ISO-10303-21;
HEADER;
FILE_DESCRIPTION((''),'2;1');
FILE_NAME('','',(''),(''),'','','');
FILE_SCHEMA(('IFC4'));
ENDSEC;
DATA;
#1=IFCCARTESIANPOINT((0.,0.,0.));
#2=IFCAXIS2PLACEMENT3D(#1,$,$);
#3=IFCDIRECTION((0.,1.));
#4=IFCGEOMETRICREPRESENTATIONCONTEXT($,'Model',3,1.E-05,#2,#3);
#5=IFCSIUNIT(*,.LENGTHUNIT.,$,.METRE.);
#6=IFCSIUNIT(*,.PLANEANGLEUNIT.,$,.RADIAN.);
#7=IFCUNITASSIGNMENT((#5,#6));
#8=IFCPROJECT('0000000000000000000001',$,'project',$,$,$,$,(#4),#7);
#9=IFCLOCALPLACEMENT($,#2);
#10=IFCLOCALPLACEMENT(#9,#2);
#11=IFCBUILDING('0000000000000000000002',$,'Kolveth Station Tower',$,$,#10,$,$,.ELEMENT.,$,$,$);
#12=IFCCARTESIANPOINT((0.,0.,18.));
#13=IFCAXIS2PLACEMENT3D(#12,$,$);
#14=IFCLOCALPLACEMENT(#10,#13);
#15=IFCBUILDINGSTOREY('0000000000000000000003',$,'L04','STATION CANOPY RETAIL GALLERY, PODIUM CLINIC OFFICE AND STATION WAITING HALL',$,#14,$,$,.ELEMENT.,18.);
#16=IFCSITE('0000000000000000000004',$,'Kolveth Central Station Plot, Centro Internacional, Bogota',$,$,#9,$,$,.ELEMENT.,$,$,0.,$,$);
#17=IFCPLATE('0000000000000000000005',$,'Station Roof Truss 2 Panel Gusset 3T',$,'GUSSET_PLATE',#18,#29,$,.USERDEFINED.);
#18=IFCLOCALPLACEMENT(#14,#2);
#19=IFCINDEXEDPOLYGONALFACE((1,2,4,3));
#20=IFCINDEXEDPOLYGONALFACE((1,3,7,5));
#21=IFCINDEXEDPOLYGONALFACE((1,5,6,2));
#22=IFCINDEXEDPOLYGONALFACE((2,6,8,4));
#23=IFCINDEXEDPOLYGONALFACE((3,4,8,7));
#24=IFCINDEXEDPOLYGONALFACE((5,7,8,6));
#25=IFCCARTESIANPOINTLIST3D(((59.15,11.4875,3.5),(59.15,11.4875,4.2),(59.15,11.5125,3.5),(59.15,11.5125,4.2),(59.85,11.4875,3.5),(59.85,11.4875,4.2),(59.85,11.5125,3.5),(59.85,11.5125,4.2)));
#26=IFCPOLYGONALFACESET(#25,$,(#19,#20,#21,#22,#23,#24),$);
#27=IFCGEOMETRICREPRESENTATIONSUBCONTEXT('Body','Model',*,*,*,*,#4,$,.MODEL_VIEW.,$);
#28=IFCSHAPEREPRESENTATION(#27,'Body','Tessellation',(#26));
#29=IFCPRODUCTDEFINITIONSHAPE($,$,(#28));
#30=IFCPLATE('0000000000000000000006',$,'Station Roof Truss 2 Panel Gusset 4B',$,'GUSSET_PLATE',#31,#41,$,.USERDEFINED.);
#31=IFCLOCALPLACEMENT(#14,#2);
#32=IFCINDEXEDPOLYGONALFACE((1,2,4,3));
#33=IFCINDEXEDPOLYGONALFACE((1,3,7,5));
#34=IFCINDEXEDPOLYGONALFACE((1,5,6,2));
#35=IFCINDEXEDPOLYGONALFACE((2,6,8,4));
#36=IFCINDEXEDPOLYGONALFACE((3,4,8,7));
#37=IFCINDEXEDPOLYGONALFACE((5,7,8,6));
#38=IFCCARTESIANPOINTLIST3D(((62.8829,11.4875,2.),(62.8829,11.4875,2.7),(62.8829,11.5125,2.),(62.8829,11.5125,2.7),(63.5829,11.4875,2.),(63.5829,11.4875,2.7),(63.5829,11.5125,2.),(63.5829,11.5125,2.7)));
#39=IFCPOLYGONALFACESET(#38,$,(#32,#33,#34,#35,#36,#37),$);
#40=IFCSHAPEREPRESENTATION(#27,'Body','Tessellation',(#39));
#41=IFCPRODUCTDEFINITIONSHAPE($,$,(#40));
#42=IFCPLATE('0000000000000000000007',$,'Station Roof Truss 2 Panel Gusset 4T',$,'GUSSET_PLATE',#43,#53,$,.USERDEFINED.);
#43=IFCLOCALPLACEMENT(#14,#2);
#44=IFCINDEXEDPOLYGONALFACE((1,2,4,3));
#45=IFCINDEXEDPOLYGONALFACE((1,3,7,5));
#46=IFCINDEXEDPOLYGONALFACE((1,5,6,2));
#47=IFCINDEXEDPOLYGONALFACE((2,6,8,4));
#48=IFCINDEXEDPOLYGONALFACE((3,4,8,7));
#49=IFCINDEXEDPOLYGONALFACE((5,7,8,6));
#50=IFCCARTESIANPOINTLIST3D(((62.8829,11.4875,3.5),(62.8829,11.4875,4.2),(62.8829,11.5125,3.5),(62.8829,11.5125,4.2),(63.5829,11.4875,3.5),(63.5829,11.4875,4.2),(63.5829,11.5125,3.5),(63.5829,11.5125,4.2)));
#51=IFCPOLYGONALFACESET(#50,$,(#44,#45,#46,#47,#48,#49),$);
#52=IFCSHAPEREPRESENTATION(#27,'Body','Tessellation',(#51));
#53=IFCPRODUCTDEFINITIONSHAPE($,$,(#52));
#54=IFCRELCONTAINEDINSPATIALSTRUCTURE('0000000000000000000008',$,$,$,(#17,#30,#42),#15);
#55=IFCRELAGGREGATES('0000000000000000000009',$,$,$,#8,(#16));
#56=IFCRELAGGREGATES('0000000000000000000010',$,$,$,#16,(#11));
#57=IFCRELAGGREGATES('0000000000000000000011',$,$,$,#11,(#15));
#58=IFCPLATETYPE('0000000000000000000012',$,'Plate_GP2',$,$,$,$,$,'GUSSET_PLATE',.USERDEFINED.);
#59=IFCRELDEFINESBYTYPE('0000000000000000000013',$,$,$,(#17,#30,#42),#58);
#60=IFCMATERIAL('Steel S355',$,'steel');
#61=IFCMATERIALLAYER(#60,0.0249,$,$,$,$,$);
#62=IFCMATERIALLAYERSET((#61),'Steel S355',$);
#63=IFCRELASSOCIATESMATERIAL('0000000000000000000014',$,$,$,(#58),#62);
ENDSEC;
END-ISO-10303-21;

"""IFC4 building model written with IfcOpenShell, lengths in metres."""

from ifc_helpers import new_model, si_unit, direction, frame, origin, origin_2d, place, context, subcontext, project, spatial, rectangle, extrude, source, transform, mapped, material, layer, layer_set, type_object, element, save


model = new_model("IFC4")

# Units and contexts
model_context = context("Model", 3, precision=1e-05, world=origin(), true_north=direction((0.0, 1.0)))
body_context = subcontext(model_context, "Body", "Model", "MODEL_VIEW")
ifc_project = project(units=[si_unit("LENGTHUNIT", "METRE"), si_unit("PLANEANGLEUNIT", "RADIAN")], contexts=[model_context])

# Site, building, storey
site_placement = place(None, origin())
site = spatial("IfcSite", under=ifc_project, at=site_placement, Name="Kolveth Central Station Plot, Centro Internacional, Bogota", CompositionType="ELEMENT", RefElevation=0.0)
building_placement = place(site_placement, origin())
building = spatial("IfcBuilding", under=site, at=building_placement, Name="Kolveth Station Tower", CompositionType="ELEMENT")
storey_placement = place(building_placement, frame((0.0, 0.0, 18.0)))
storey = spatial("IfcBuildingStorey", under=building, at=storey_placement, Name="L04", Description="STATION CANOPY RETAIL GALLERY, PODIUM CLINIC OFFICE AND STATION WAITING HALL", CompositionType="ELEMENT", Elevation=18.0)

# Shared definitions
ifc_material_1 = material(Name="Steel S355", Category="steel")

# Plates
ifc_layer_1 = layer(ifc_material_1, 0.0249)
ifc_layer_set_1 = layer_set([ifc_layer_1], Name="Steel S355")
plate_type = type_object("IfcPlateType", Name="Plate_GP2", ElementType="GUSSET_PLATE", PredefinedType="USERDEFINED", material=ifc_layer_set_1)
shared_shape_1 = source(origin(), body_context, "Body", "SweptSolid", [
    extrude(rectangle(XDim=0.7, YDim=0.0249, at=origin_2d()), origin(), (0.0, 0.0, 1.0), 0.7),
])
for number, where, z_axis, x_axis, name in (
    (1, (59.5, 11.5, 3.5), (0.0, 0.0, 1.0), (1.0, 0.0, 0.0), "Station Roof Truss 2 Panel Gusset 3T"),
    (2, (63.2329, 11.5, 2.0), (0.0, 0.0, 1.0), (1.0, 0.0, 0.0), "Station Roof Truss 2 Panel Gusset 4B"),
    (3, (63.2329, 11.5, 3.5), (0.0, 0.0, 1.0), (1.0, 0.0, 0.0), "Station Roof Truss 2 Panel Gusset 4T"),
):
    element("IfcPlate", number, at=place(storey_placement, frame(where, z_axis=z_axis, x_axis=x_axis)), inside=storey, type_object=plate_type, Name=name, ObjectType="GUSSET_PLATE", PredefinedType="USERDEFINED", context=body_context, shape_type="MappedRepresentation", body=[
        mapped(shared_shape_1, transform((0.0, 0.0, 0.0), x_axis=(1.0, 0.0, 0.0), y_axis=(0.0, 1.0, 0.0), z_axis=(0.0, 0.0, 1.0), scale=1.0)),
    ])

save(model, "model.ifc")
